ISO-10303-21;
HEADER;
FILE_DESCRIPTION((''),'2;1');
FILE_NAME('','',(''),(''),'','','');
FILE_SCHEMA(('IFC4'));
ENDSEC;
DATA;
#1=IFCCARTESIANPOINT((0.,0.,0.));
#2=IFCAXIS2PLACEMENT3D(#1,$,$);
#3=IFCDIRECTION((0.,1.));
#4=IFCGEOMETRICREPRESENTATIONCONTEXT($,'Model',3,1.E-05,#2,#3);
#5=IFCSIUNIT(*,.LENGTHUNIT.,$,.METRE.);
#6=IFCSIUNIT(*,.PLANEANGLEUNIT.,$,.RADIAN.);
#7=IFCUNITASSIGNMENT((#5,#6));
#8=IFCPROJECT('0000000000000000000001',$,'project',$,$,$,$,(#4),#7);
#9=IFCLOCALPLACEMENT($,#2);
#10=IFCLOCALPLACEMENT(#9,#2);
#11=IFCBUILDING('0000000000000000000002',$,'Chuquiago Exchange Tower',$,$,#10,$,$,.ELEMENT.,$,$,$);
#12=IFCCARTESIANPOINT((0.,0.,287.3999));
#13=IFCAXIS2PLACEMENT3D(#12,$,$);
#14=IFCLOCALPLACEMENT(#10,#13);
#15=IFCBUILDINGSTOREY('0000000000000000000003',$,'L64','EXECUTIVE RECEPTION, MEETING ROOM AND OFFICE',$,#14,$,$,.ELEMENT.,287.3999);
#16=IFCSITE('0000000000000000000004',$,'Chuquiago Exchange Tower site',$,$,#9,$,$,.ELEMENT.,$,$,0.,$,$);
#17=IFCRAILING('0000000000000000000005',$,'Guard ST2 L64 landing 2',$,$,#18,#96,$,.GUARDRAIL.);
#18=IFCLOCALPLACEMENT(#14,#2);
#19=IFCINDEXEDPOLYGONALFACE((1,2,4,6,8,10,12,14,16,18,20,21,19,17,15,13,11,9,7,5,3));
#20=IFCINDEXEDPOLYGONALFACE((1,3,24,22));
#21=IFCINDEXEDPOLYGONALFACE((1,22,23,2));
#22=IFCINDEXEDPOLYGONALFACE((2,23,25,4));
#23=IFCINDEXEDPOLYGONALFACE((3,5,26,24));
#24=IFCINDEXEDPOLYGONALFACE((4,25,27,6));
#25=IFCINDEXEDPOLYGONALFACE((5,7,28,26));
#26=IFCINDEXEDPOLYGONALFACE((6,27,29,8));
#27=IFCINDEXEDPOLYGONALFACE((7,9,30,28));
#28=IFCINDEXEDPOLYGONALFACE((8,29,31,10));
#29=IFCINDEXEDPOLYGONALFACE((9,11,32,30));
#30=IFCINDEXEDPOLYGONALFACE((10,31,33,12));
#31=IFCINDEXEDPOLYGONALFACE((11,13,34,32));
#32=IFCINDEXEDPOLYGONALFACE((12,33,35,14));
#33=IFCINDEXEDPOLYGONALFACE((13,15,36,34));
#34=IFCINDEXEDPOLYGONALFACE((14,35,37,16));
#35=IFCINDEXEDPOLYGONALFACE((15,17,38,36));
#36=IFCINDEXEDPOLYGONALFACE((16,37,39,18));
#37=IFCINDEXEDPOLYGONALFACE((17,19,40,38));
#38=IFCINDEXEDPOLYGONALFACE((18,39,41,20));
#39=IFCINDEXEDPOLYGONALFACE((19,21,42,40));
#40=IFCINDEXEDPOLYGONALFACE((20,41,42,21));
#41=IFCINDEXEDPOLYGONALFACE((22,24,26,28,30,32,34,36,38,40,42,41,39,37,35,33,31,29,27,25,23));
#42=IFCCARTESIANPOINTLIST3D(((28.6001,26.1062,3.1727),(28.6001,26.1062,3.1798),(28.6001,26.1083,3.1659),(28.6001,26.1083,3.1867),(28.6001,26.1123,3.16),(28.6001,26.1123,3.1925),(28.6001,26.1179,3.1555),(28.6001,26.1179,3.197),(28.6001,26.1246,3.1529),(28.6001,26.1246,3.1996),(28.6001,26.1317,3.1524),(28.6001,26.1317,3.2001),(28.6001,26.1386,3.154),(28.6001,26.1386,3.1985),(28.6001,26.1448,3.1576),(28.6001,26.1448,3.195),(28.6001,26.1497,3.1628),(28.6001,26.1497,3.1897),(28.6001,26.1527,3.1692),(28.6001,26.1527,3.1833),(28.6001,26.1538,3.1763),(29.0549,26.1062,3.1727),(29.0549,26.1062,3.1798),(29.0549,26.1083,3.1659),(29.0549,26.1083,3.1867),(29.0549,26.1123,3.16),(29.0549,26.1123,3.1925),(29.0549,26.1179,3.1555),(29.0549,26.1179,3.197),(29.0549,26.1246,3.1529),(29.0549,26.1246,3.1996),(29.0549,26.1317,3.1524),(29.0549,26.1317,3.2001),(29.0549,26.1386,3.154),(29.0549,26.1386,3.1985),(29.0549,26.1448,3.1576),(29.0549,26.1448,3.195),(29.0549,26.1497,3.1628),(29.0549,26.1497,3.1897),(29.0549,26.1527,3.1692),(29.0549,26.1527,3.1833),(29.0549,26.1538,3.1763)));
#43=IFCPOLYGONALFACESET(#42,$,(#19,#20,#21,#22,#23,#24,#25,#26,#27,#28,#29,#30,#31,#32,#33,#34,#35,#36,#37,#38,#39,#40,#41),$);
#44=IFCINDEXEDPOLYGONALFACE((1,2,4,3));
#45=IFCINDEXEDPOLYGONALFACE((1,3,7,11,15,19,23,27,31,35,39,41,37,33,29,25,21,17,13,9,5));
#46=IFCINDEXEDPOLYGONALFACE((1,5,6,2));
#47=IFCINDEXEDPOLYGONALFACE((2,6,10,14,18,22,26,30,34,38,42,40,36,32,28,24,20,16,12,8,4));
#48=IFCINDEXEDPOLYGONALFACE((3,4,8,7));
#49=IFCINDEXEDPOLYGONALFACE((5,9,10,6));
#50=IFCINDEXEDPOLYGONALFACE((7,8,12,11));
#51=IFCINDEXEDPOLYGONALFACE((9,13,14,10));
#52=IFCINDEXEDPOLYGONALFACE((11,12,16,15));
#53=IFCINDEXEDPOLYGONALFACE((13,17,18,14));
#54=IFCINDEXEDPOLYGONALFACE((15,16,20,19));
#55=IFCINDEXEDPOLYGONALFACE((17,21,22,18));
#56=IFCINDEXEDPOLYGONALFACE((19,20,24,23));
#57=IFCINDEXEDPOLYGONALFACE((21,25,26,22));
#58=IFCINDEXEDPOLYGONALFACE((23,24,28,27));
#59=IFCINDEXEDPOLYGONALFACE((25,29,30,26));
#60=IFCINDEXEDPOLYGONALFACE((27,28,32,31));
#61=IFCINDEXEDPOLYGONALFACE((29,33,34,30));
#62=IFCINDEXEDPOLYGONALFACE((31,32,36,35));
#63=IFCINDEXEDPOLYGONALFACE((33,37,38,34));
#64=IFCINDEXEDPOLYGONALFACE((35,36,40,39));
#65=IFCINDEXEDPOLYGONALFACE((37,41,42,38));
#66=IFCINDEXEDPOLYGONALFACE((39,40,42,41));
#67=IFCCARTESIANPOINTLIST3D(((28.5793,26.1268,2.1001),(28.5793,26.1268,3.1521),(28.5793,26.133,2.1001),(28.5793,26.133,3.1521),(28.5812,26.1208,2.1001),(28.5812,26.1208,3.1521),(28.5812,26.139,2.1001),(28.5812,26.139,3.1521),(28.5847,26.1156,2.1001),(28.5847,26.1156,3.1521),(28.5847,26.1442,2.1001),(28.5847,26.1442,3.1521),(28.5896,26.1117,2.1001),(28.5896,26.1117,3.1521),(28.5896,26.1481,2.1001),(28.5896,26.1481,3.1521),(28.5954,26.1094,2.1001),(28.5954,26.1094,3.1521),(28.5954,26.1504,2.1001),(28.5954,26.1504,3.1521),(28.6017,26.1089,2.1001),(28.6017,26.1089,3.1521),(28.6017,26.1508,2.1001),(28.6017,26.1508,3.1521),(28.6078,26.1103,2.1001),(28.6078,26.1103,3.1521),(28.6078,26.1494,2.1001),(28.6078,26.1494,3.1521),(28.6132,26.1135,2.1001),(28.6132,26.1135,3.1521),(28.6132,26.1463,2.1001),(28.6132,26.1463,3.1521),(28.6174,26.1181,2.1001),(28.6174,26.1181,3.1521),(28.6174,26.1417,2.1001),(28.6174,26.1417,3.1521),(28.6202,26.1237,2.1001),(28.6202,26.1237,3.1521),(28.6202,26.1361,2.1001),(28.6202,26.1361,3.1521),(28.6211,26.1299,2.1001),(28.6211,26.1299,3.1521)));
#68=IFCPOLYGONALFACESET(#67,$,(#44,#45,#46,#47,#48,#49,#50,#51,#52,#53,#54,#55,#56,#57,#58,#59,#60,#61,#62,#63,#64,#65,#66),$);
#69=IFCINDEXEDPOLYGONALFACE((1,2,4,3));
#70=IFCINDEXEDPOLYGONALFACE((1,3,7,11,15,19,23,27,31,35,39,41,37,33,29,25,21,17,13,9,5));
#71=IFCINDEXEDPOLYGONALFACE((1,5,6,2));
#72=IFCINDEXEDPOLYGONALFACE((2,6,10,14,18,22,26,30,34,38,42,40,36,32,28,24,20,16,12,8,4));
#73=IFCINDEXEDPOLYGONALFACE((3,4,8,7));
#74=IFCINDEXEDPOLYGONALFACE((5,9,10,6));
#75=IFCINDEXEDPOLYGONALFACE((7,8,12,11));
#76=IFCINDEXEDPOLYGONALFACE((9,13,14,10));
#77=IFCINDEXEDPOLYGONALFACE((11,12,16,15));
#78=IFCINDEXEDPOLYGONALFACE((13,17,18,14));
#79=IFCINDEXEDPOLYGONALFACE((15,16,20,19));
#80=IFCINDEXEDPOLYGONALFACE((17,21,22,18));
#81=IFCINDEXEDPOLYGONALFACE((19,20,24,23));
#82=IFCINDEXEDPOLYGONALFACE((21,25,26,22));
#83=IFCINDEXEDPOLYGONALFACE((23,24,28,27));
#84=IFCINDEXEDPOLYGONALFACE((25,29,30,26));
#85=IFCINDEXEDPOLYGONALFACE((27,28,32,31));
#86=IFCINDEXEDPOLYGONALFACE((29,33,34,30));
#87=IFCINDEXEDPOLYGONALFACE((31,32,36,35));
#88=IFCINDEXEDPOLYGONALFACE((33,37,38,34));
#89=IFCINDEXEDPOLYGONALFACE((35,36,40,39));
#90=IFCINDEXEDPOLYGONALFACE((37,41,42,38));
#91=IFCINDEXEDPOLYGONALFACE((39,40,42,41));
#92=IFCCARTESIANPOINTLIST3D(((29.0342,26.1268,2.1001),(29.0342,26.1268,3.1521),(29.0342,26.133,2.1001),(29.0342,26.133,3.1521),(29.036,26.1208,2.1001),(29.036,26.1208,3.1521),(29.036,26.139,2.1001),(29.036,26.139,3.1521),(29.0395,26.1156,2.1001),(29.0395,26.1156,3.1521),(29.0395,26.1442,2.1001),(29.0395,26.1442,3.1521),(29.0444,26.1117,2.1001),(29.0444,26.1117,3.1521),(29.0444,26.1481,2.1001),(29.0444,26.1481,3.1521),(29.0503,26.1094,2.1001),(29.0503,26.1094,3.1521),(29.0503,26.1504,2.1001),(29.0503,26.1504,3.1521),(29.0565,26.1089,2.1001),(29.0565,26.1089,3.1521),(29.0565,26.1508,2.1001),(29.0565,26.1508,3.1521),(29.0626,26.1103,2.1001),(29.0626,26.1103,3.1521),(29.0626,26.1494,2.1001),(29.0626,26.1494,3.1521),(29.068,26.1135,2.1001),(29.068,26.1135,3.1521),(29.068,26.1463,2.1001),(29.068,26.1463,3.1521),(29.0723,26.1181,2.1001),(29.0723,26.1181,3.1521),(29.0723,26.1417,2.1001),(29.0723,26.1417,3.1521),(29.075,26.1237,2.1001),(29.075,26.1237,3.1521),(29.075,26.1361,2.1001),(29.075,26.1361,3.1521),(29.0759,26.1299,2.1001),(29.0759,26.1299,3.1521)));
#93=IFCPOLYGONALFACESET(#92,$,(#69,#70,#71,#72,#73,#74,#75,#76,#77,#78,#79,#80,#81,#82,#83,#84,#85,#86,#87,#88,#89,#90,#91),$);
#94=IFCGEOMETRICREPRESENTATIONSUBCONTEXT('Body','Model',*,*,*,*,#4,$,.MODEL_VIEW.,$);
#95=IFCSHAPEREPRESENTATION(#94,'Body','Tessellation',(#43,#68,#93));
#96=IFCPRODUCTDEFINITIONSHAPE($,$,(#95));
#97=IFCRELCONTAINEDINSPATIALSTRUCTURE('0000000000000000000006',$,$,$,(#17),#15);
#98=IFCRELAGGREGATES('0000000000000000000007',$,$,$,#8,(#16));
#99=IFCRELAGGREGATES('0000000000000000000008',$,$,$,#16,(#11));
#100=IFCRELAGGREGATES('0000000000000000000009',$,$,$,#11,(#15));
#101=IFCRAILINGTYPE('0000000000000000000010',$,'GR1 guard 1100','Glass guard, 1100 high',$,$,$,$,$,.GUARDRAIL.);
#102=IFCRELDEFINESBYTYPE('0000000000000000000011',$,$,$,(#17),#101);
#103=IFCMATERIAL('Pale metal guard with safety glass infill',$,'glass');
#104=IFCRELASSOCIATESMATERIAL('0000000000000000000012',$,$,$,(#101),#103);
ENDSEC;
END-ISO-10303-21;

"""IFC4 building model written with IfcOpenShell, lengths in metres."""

from ifc_helpers import new_model, si_unit, direction, frame, origin, origin_2d, place, context, subcontext, project, spatial, circle, extrude, material, type_object, element, save


model = new_model("IFC4")

# Units and contexts
model_context = context("Model", 3, precision=1e-05, world=origin(), true_north=direction((0.0, 1.0)))
body_context = subcontext(model_context, "Body", "Model", "MODEL_VIEW")
ifc_project = project(units=[si_unit("LENGTHUNIT", "METRE"), si_unit("PLANEANGLEUNIT", "RADIAN")], contexts=[model_context])

# Site, building, storey
site_placement = place(None, origin())
site = spatial("IfcSite", under=ifc_project, at=site_placement, Name="Chuquiago Exchange Tower site", CompositionType="ELEMENT", RefElevation=0.0)
building_placement = place(site_placement, origin())
building = spatial("IfcBuilding", under=site, at=building_placement, Name="Chuquiago Exchange Tower", CompositionType="ELEMENT")
storey_placement = place(building_placement, frame((0.0, 0.0, 287.3999)))
storey = spatial("IfcBuildingStorey", under=building, at=storey_placement, Name="L64", Description="EXECUTIVE RECEPTION, MEETING ROOM AND OFFICE", CompositionType="ELEMENT", Elevation=287.3999)

# Railing
ifc_material_1 = material(Name="Pale metal guard with safety glass infill", Category="glass")
railing_type = type_object("IfcRailingType", Name="GR1 guard 1100", Description="Glass guard, 1100 high", PredefinedType="GUARDRAIL", material=ifc_material_1)
railing_placement = place(storey_placement, frame((28.6001, 26.1299, 2.1001)))
element("IfcRailing", 1, at=railing_placement, inside=storey, type_object=railing_type, Name="Guard ST2 L64 landing 2", PredefinedType="GUARDRAIL", context=body_context, shape_type="SweptSolid", body=[
    extrude(circle(Radius=0.0239, at=origin_2d()), frame((0.0, 0.0, 1.0762), z_axis=(1.0, 0.0, 0.0), x_axis=(0.0, 1.0, 0.0)), (0.0, 0.0, 1.0), 0.4548),
    extrude(circle(Radius=0.021, at=origin_2d()), origin(), (0.0, 0.0, 1.0), 1.052),
    extrude(circle(Radius=0.021, at=origin_2d()), frame((0.4548, 0.0, 0.0)), (0.0, 0.0, 1.0), 1.052),
])

save(model, "model.ifc")
